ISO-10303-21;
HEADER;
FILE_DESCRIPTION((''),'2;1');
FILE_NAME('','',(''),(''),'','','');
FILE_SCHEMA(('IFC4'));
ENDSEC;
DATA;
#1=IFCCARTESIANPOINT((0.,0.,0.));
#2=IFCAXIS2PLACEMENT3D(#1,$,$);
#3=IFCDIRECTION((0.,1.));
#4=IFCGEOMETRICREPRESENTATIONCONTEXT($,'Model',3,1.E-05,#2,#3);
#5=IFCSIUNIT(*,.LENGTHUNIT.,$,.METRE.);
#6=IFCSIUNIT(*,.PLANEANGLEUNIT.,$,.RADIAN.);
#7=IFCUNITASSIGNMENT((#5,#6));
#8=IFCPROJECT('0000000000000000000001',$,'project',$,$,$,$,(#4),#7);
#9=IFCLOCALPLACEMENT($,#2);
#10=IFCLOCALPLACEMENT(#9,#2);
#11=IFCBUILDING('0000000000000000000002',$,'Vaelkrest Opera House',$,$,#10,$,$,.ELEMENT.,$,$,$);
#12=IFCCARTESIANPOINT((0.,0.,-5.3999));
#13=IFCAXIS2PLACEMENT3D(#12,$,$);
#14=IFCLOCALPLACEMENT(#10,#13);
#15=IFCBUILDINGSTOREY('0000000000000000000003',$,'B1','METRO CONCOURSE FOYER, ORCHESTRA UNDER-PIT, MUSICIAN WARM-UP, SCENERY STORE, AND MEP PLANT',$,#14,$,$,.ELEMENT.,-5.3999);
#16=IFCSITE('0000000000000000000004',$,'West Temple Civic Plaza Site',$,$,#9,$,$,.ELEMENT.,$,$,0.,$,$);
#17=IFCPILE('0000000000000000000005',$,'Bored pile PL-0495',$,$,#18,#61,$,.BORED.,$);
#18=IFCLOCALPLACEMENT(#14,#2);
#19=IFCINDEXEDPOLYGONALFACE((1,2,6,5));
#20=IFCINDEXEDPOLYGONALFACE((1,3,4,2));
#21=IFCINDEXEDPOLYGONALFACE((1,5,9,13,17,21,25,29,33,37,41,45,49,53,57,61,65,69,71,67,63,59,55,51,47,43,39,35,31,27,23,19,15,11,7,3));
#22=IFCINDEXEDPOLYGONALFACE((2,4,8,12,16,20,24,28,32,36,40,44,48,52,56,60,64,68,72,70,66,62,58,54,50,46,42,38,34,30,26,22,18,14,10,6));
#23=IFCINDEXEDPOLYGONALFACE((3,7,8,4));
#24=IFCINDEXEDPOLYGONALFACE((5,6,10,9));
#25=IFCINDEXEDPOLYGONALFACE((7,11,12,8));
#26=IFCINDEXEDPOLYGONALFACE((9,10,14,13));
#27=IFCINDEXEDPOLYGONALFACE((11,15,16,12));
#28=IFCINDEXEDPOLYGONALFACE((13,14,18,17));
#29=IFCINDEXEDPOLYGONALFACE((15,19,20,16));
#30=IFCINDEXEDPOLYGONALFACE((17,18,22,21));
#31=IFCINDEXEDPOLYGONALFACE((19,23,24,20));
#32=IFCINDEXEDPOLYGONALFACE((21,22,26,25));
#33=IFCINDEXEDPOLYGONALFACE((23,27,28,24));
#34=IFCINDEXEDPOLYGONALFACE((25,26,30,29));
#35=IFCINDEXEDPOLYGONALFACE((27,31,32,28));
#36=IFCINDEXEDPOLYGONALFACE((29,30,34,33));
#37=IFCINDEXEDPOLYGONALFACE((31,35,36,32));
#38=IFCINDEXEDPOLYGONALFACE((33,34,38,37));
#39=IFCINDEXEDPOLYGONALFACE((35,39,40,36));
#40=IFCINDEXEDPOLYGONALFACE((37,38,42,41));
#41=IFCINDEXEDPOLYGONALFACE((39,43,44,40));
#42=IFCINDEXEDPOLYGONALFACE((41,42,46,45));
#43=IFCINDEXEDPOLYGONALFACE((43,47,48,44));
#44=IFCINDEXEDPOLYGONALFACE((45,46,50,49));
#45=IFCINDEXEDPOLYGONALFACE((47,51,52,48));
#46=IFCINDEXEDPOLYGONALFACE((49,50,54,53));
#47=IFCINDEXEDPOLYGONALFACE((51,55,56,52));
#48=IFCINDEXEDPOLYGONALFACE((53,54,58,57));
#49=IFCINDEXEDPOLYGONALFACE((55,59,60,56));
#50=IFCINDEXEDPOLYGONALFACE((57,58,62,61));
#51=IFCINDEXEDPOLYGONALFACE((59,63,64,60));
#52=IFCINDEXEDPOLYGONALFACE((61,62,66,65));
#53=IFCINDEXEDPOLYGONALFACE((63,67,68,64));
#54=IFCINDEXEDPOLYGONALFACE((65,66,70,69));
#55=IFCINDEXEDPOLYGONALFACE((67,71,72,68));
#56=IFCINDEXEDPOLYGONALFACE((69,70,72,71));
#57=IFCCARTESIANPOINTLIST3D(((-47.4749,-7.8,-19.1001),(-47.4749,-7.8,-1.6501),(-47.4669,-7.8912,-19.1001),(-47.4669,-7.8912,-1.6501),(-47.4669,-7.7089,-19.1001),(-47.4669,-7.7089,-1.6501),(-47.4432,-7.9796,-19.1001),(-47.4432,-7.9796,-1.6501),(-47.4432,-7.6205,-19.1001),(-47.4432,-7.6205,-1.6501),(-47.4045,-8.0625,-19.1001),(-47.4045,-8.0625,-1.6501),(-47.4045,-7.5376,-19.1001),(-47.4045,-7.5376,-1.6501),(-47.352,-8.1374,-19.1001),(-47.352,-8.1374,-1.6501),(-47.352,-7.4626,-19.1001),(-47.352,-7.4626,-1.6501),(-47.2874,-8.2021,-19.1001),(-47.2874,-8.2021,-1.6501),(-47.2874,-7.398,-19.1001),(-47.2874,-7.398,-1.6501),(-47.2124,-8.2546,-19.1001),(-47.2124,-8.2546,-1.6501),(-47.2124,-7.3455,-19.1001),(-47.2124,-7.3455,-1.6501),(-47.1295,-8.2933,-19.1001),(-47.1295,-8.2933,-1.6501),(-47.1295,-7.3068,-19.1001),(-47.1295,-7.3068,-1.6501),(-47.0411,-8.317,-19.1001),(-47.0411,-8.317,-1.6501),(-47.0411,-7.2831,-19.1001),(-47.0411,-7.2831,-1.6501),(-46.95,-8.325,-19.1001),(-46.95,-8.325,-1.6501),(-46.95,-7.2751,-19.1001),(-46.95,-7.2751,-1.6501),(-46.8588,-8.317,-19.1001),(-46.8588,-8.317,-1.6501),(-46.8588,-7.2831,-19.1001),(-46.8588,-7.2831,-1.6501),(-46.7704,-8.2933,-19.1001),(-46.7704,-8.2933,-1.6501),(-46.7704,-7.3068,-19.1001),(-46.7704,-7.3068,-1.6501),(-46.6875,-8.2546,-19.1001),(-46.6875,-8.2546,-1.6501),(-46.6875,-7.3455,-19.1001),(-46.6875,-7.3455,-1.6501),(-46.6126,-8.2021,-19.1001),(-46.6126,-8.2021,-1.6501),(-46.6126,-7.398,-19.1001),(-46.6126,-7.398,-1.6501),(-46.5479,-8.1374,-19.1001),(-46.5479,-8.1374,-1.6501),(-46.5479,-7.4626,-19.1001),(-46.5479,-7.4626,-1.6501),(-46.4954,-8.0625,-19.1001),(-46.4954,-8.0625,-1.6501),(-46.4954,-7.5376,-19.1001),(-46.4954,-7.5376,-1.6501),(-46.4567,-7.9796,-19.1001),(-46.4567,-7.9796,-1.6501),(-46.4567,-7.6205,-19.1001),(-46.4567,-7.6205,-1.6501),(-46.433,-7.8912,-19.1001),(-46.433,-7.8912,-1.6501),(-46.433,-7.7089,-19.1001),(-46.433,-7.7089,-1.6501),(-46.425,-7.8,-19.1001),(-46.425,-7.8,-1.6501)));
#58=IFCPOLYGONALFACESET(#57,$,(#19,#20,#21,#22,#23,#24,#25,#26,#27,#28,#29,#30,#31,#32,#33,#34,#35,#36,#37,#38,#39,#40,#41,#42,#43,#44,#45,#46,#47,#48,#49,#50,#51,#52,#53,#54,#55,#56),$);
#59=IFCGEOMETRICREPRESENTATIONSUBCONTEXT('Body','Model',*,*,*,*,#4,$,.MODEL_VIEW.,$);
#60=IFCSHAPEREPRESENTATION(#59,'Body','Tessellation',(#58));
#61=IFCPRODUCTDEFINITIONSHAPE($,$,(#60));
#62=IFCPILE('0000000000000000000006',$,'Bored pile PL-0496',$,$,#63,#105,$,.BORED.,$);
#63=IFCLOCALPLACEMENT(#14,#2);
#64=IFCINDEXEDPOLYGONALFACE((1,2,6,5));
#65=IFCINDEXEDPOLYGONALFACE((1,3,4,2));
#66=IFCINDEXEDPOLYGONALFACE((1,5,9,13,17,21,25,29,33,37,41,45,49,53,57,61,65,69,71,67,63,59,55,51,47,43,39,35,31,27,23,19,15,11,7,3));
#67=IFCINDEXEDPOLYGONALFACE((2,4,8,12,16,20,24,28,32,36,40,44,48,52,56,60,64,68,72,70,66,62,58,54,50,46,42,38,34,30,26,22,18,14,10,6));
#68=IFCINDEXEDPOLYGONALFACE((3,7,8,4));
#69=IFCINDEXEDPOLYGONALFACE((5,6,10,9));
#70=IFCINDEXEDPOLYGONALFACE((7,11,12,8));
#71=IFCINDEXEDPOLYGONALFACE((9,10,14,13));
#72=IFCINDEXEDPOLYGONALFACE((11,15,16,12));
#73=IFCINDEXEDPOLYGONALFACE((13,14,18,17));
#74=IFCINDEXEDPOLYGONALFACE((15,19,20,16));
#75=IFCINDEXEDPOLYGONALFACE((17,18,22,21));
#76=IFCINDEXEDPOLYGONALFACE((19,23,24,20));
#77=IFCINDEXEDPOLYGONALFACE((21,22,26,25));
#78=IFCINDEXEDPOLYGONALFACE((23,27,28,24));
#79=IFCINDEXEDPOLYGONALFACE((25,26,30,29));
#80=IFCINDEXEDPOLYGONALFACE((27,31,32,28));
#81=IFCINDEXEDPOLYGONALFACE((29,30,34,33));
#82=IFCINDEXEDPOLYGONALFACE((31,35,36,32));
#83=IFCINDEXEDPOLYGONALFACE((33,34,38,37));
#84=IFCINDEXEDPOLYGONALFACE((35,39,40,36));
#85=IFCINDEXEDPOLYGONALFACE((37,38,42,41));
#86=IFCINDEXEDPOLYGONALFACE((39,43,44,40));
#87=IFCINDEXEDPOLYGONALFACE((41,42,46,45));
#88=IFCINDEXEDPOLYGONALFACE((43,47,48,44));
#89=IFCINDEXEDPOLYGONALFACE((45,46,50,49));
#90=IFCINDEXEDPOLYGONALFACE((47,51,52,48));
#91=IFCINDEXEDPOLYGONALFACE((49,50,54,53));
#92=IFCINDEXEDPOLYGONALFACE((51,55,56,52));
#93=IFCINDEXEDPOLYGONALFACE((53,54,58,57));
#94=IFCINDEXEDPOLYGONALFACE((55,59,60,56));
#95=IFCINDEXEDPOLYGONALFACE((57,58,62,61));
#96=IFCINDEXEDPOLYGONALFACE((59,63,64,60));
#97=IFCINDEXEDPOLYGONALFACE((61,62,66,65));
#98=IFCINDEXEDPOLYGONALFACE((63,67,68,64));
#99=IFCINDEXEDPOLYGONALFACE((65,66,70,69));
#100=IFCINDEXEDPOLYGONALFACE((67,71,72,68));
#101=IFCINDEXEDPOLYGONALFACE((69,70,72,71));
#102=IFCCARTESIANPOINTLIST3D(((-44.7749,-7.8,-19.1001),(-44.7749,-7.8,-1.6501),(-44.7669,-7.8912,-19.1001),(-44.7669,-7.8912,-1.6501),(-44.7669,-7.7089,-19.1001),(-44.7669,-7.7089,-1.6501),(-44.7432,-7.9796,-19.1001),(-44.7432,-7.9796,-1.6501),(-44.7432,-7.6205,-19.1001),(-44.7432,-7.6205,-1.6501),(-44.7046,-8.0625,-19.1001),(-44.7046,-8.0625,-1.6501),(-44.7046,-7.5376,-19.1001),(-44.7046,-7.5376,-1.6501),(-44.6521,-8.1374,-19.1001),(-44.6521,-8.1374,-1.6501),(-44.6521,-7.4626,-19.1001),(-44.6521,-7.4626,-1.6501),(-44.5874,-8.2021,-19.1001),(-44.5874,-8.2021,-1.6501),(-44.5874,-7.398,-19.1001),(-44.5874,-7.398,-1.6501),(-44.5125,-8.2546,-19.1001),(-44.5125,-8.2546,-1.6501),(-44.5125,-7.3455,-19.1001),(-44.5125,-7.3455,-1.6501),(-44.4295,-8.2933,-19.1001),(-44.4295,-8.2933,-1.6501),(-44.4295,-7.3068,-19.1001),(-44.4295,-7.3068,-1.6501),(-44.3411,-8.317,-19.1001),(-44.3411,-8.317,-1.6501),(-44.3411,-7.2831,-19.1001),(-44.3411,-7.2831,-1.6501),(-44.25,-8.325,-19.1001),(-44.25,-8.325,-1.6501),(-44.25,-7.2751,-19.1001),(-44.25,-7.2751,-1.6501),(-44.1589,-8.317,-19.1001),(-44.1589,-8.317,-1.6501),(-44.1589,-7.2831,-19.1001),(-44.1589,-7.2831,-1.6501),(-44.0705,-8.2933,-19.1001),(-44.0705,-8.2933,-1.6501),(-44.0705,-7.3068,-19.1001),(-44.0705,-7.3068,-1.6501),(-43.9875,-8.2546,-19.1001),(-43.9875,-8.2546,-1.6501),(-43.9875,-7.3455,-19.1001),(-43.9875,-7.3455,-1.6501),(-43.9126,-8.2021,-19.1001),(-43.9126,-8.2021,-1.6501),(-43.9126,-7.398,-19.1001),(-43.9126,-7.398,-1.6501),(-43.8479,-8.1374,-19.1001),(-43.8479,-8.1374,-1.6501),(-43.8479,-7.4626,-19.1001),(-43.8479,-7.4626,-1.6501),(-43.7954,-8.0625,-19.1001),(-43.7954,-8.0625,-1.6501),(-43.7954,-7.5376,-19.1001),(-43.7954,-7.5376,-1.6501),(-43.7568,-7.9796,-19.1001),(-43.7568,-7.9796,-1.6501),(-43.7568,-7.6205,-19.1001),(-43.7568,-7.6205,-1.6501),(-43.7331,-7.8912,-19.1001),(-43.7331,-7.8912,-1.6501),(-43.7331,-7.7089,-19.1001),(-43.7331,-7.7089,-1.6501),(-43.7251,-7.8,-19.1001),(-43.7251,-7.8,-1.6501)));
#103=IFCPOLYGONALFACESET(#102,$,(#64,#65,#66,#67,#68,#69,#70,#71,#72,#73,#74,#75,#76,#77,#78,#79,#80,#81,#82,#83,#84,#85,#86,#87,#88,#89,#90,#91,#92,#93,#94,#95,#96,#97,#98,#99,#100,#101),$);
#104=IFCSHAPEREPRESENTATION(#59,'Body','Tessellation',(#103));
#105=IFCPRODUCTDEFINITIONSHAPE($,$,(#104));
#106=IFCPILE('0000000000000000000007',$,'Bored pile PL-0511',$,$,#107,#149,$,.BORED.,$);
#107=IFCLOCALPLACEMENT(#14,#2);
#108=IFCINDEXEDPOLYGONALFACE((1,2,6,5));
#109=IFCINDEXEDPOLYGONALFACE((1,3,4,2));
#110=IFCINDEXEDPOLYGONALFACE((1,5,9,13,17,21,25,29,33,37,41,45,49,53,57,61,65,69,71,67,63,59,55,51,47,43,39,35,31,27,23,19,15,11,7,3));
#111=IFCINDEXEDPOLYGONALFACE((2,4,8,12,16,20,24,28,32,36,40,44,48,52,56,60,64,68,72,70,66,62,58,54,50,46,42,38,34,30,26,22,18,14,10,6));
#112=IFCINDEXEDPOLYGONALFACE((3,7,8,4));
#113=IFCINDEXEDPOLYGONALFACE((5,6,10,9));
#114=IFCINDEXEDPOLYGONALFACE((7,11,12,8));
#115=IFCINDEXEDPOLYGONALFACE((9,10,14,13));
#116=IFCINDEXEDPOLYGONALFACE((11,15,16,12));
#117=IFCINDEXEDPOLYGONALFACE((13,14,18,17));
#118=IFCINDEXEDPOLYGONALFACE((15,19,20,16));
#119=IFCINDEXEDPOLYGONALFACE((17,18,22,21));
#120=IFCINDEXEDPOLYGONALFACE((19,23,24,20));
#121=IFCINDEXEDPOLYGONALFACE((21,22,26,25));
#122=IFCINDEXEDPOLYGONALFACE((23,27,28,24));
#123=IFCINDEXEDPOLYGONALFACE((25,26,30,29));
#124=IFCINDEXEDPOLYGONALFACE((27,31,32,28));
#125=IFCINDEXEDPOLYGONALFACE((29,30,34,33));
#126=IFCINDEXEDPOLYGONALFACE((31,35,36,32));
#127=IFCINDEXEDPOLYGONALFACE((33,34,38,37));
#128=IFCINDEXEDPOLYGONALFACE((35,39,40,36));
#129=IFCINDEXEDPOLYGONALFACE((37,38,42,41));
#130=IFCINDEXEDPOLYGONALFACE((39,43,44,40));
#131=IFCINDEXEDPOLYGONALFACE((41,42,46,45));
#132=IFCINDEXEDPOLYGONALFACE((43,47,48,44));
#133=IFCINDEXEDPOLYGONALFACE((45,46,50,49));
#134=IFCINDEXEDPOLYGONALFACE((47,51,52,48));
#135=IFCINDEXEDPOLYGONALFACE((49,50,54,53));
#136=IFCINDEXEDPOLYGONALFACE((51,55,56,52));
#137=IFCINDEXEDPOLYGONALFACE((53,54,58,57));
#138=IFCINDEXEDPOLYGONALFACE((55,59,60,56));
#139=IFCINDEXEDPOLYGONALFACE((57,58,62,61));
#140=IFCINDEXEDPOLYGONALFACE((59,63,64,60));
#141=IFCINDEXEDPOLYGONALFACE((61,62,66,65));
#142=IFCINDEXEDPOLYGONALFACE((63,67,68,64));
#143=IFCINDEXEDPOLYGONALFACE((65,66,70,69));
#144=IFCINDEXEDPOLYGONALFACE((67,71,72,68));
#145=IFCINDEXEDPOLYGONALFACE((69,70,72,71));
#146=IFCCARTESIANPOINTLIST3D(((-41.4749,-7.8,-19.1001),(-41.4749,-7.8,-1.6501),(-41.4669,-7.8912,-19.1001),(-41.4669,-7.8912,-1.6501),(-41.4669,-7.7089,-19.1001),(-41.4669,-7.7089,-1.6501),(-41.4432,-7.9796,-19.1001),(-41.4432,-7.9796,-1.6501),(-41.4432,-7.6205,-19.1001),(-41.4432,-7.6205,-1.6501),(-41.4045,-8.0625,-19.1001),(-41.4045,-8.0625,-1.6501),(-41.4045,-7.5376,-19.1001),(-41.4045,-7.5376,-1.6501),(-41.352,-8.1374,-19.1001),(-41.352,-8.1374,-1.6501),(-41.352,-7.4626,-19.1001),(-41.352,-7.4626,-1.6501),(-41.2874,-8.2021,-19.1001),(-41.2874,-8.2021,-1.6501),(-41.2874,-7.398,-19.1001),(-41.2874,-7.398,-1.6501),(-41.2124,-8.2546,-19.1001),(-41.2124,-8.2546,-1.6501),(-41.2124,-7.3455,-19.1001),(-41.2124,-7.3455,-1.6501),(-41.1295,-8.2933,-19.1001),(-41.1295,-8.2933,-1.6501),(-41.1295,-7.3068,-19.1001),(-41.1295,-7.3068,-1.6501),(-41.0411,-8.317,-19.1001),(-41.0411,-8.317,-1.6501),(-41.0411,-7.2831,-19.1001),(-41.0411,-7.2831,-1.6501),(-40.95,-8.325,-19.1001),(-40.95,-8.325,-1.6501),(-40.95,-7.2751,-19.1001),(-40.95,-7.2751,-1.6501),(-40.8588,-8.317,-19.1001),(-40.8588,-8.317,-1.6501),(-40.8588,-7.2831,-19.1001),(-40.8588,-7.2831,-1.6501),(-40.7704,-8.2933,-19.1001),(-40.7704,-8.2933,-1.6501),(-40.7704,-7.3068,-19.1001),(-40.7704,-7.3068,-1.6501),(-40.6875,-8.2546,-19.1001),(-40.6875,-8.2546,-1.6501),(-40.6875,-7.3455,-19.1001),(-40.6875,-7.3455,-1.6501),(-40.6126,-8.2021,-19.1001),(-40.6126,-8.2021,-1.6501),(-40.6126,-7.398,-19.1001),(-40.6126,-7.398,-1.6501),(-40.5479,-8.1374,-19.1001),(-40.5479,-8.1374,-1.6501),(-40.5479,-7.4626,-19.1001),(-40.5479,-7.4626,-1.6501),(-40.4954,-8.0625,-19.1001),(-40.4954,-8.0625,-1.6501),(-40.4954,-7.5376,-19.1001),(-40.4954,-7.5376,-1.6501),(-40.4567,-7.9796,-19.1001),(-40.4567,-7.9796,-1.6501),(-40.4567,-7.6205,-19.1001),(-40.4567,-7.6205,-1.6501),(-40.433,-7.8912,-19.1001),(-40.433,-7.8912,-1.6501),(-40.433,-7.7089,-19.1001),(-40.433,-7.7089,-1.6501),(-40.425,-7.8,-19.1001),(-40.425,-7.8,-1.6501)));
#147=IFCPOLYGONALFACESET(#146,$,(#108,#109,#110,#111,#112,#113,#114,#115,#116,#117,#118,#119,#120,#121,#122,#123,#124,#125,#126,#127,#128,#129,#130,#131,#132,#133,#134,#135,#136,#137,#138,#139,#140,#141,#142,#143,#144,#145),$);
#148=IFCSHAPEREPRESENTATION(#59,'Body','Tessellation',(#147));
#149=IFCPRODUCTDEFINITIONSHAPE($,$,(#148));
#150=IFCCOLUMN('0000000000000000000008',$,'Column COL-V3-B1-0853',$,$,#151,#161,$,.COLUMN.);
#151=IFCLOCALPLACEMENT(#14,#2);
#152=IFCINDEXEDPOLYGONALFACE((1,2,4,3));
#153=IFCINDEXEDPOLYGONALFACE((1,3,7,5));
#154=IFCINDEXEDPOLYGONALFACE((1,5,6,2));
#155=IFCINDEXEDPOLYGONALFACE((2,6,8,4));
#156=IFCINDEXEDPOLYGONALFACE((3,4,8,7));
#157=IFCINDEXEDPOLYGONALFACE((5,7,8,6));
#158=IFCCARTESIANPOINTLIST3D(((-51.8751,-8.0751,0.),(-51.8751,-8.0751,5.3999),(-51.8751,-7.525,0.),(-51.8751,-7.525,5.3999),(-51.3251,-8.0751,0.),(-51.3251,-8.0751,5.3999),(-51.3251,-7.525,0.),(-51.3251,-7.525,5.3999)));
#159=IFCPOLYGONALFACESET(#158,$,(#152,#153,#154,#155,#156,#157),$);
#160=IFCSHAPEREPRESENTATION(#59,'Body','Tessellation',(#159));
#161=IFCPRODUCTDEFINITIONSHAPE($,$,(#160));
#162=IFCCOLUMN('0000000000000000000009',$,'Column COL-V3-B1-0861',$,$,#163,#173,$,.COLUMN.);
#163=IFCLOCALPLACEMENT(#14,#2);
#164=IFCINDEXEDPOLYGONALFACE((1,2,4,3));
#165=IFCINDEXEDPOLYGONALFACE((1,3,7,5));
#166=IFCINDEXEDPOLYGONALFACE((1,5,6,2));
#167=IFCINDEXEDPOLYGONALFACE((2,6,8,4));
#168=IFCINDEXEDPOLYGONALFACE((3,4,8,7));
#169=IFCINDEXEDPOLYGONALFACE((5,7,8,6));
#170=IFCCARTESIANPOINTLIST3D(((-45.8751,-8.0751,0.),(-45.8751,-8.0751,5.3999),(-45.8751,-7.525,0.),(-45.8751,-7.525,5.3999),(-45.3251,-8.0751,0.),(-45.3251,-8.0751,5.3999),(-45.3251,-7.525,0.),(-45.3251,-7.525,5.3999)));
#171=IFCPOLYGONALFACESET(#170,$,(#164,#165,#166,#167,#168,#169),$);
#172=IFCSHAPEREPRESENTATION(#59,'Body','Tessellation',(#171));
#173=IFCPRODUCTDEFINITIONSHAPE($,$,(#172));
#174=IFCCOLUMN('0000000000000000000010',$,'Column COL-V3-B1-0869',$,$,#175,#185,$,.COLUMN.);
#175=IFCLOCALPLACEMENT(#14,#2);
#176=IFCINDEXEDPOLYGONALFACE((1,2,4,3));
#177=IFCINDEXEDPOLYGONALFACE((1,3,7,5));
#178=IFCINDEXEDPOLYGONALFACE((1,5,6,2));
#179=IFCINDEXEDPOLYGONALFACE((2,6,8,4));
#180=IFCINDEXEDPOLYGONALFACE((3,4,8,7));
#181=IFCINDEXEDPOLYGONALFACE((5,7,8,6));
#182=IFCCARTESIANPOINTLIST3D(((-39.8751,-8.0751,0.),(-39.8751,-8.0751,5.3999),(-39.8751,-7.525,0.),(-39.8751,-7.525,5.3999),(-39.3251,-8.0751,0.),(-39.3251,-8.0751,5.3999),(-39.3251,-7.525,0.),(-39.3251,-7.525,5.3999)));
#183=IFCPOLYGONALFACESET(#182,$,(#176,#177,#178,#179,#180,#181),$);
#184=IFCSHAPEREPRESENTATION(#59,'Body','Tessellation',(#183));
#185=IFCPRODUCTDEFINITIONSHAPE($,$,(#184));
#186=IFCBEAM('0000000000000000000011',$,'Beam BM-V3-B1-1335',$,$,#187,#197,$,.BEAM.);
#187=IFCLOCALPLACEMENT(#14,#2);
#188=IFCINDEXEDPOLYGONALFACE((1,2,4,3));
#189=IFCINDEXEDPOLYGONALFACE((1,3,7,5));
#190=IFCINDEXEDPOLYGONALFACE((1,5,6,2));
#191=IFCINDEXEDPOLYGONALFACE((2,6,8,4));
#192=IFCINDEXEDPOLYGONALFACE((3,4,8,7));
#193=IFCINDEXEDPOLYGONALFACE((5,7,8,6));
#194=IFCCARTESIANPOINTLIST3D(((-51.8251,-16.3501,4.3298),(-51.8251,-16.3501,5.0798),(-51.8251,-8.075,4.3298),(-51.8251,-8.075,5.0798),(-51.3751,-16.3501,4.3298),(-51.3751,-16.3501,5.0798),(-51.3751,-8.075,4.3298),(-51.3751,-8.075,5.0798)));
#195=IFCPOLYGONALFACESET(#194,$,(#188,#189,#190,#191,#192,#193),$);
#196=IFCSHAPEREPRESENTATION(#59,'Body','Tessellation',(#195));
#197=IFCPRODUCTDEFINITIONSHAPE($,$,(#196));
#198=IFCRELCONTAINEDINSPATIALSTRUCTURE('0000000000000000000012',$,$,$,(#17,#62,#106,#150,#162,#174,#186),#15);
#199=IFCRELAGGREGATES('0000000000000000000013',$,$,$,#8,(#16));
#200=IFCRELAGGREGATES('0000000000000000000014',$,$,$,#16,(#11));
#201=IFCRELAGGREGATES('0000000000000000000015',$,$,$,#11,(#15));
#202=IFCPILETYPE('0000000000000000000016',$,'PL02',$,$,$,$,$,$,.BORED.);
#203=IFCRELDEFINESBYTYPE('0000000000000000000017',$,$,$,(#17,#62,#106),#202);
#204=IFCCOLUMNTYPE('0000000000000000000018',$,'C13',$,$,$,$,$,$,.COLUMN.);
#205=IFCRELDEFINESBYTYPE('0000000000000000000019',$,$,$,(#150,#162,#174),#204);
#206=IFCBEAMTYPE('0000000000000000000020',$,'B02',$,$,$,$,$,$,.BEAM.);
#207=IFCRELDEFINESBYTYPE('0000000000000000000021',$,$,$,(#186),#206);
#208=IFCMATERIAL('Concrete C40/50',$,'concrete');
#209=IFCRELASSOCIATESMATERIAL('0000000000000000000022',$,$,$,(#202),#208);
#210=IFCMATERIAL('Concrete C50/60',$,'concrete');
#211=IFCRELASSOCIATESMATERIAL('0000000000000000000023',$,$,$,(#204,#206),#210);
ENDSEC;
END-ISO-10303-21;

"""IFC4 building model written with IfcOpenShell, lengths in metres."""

from ifc_helpers import new_model, si_unit, direction, frame, origin, origin_2d, place, context, subcontext, project, spatial, rectangle, circle, extrude, material, material_profile, profile_set, type_object, element, save


model = new_model("IFC4")

# Units and contexts
model_context = context("Model", 3, precision=1e-05, world=origin(), true_north=direction((0.0, 1.0)))
body_context = subcontext(model_context, "Body", "Model", "MODEL_VIEW")
ifc_project = project(units=[si_unit("LENGTHUNIT", "METRE"), si_unit("PLANEANGLEUNIT", "RADIAN")], contexts=[model_context])

# Site, building, storey
site_placement = place(None, origin())
site = spatial("IfcSite", under=ifc_project, at=site_placement, Name="West Temple Civic Plaza Site", CompositionType="ELEMENT", RefElevation=0.0)
building_placement = place(site_placement, origin())
building = spatial("IfcBuilding", under=site, at=building_placement, Name="Vaelkrest Opera House", CompositionType="ELEMENT")
storey_placement = place(building_placement, frame((0.0, 0.0, -5.3999)))
storey = spatial("IfcBuildingStorey", under=building, at=storey_placement, Name="B1", Description="METRO CONCOURSE FOYER, ORCHESTRA UNDER-PIT, MUSICIAN WARM-UP, SCENERY STORE, AND MEP PLANT", CompositionType="ELEMENT", Elevation=-5.3999)

# Shared definitions
ifc_material_1 = material(Name="Concrete C40/50", Category="concrete")

# Piles
ifc_material_profile_1 = material_profile(ifc_material_1, circle(Radius=0.5249, at=origin_2d()), Name="PILE1050")
ifc_profile_set_1 = profile_set([ifc_material_profile_1], Name="Concrete C40/50")
pile_type = type_object("IfcPileType", Name="PL02", PredefinedType="BORED", material=ifc_profile_set_1)
for number, where, z_axis, x_axis, name in (
    (1, (-46.95, -7.8, -1.6501), (0.0, 0.0, -1.0), (1.0, 0.0, 0.0), "Bored pile PL-0495"),
    (2, (-44.25, -7.8, -1.6501), (0.0, 0.0, -1.0), (1.0, 0.0, 0.0), "Bored pile PL-0496"),
    (3, (-40.95, -7.8, -1.6501), (0.0, 0.0, -1.0), (1.0, 0.0, 0.0), "Bored pile PL-0511"),
):
    element("IfcPile", number, at=place(storey_placement, frame(where, z_axis=z_axis, x_axis=x_axis)), inside=storey, type_object=pile_type, Name=name, PredefinedType="BORED", context=body_context, shape_type="SweptSolid", body=[
        extrude(circle(Radius=0.5249, at=origin_2d()), origin(), (0.0, 0.0, 1.0), 17.45),
    ])

# Columns
ifc_material_2 = material(Name="Concrete C50/60", Category="concrete")
ifc_material_profile_2 = material_profile(ifc_material_2, rectangle(XDim=0.55, YDim=0.55, at=origin_2d()), Name="RC550X550")
ifc_profile_set_2 = profile_set([ifc_material_profile_2], Name="Concrete C50/60")
column_type = type_object("IfcColumnType", Name="C13", PredefinedType="COLUMN", material=ifc_profile_set_2)
for number, where, z_axis, x_axis, name in (
    (4, (-51.6001, -7.8, 0.0), (0.0, 0.0, 1.0), (1.0, 0.0, 0.0), "Column COL-V3-B1-0853"),
    (5, (-45.6001, -7.8, 0.0), (0.0, 0.0, 1.0), (1.0, 0.0, 0.0), "Column COL-V3-B1-0861"),
    (6, (-39.6001, -7.8, 0.0), (0.0, 0.0, 1.0), (1.0, 0.0, 0.0), "Column COL-V3-B1-0869"),
):
    element("IfcColumn", number, at=place(storey_placement, frame(where, z_axis=z_axis, x_axis=x_axis)), inside=storey, type_object=column_type, Name=name, PredefinedType="COLUMN", context=body_context, shape_type="SweptSolid", body=[
        extrude(rectangle(XDim=0.55, YDim=0.55, at=origin_2d()), origin(), (0.0, 0.0, 1.0), 5.3999),
    ])

# Beam
ifc_material_profile_3 = material_profile(ifc_material_2, rectangle(XDim=0.45, YDim=0.75, at=origin_2d()), Name="RCB450X750")
ifc_profile_set_3 = profile_set([ifc_material_profile_3], Name="Concrete C50/60")
beam_type_1 = type_object("IfcBeamType", Name="B02", PredefinedType="BEAM", material=ifc_profile_set_3)
beam_1_placement = place(storey_placement, frame((-51.6001, -16.3501, 4.7048), z_axis=(0.0, 1.0, 0.0), x_axis=(-1.0, 0.0, 0.0)))
element("IfcBeam", 7, at=beam_1_placement, inside=storey, type_object=beam_type_1, Name="Beam BM-V3-B1-1335", PredefinedType="BEAM", context=body_context, shape_type="SweptSolid", body=[
    extrude(rectangle(XDim=0.45, YDim=0.75, at=origin_2d()), origin(), (0.0, 0.0, 1.0), 8.2751),
])

save(model, "model.ifc")
